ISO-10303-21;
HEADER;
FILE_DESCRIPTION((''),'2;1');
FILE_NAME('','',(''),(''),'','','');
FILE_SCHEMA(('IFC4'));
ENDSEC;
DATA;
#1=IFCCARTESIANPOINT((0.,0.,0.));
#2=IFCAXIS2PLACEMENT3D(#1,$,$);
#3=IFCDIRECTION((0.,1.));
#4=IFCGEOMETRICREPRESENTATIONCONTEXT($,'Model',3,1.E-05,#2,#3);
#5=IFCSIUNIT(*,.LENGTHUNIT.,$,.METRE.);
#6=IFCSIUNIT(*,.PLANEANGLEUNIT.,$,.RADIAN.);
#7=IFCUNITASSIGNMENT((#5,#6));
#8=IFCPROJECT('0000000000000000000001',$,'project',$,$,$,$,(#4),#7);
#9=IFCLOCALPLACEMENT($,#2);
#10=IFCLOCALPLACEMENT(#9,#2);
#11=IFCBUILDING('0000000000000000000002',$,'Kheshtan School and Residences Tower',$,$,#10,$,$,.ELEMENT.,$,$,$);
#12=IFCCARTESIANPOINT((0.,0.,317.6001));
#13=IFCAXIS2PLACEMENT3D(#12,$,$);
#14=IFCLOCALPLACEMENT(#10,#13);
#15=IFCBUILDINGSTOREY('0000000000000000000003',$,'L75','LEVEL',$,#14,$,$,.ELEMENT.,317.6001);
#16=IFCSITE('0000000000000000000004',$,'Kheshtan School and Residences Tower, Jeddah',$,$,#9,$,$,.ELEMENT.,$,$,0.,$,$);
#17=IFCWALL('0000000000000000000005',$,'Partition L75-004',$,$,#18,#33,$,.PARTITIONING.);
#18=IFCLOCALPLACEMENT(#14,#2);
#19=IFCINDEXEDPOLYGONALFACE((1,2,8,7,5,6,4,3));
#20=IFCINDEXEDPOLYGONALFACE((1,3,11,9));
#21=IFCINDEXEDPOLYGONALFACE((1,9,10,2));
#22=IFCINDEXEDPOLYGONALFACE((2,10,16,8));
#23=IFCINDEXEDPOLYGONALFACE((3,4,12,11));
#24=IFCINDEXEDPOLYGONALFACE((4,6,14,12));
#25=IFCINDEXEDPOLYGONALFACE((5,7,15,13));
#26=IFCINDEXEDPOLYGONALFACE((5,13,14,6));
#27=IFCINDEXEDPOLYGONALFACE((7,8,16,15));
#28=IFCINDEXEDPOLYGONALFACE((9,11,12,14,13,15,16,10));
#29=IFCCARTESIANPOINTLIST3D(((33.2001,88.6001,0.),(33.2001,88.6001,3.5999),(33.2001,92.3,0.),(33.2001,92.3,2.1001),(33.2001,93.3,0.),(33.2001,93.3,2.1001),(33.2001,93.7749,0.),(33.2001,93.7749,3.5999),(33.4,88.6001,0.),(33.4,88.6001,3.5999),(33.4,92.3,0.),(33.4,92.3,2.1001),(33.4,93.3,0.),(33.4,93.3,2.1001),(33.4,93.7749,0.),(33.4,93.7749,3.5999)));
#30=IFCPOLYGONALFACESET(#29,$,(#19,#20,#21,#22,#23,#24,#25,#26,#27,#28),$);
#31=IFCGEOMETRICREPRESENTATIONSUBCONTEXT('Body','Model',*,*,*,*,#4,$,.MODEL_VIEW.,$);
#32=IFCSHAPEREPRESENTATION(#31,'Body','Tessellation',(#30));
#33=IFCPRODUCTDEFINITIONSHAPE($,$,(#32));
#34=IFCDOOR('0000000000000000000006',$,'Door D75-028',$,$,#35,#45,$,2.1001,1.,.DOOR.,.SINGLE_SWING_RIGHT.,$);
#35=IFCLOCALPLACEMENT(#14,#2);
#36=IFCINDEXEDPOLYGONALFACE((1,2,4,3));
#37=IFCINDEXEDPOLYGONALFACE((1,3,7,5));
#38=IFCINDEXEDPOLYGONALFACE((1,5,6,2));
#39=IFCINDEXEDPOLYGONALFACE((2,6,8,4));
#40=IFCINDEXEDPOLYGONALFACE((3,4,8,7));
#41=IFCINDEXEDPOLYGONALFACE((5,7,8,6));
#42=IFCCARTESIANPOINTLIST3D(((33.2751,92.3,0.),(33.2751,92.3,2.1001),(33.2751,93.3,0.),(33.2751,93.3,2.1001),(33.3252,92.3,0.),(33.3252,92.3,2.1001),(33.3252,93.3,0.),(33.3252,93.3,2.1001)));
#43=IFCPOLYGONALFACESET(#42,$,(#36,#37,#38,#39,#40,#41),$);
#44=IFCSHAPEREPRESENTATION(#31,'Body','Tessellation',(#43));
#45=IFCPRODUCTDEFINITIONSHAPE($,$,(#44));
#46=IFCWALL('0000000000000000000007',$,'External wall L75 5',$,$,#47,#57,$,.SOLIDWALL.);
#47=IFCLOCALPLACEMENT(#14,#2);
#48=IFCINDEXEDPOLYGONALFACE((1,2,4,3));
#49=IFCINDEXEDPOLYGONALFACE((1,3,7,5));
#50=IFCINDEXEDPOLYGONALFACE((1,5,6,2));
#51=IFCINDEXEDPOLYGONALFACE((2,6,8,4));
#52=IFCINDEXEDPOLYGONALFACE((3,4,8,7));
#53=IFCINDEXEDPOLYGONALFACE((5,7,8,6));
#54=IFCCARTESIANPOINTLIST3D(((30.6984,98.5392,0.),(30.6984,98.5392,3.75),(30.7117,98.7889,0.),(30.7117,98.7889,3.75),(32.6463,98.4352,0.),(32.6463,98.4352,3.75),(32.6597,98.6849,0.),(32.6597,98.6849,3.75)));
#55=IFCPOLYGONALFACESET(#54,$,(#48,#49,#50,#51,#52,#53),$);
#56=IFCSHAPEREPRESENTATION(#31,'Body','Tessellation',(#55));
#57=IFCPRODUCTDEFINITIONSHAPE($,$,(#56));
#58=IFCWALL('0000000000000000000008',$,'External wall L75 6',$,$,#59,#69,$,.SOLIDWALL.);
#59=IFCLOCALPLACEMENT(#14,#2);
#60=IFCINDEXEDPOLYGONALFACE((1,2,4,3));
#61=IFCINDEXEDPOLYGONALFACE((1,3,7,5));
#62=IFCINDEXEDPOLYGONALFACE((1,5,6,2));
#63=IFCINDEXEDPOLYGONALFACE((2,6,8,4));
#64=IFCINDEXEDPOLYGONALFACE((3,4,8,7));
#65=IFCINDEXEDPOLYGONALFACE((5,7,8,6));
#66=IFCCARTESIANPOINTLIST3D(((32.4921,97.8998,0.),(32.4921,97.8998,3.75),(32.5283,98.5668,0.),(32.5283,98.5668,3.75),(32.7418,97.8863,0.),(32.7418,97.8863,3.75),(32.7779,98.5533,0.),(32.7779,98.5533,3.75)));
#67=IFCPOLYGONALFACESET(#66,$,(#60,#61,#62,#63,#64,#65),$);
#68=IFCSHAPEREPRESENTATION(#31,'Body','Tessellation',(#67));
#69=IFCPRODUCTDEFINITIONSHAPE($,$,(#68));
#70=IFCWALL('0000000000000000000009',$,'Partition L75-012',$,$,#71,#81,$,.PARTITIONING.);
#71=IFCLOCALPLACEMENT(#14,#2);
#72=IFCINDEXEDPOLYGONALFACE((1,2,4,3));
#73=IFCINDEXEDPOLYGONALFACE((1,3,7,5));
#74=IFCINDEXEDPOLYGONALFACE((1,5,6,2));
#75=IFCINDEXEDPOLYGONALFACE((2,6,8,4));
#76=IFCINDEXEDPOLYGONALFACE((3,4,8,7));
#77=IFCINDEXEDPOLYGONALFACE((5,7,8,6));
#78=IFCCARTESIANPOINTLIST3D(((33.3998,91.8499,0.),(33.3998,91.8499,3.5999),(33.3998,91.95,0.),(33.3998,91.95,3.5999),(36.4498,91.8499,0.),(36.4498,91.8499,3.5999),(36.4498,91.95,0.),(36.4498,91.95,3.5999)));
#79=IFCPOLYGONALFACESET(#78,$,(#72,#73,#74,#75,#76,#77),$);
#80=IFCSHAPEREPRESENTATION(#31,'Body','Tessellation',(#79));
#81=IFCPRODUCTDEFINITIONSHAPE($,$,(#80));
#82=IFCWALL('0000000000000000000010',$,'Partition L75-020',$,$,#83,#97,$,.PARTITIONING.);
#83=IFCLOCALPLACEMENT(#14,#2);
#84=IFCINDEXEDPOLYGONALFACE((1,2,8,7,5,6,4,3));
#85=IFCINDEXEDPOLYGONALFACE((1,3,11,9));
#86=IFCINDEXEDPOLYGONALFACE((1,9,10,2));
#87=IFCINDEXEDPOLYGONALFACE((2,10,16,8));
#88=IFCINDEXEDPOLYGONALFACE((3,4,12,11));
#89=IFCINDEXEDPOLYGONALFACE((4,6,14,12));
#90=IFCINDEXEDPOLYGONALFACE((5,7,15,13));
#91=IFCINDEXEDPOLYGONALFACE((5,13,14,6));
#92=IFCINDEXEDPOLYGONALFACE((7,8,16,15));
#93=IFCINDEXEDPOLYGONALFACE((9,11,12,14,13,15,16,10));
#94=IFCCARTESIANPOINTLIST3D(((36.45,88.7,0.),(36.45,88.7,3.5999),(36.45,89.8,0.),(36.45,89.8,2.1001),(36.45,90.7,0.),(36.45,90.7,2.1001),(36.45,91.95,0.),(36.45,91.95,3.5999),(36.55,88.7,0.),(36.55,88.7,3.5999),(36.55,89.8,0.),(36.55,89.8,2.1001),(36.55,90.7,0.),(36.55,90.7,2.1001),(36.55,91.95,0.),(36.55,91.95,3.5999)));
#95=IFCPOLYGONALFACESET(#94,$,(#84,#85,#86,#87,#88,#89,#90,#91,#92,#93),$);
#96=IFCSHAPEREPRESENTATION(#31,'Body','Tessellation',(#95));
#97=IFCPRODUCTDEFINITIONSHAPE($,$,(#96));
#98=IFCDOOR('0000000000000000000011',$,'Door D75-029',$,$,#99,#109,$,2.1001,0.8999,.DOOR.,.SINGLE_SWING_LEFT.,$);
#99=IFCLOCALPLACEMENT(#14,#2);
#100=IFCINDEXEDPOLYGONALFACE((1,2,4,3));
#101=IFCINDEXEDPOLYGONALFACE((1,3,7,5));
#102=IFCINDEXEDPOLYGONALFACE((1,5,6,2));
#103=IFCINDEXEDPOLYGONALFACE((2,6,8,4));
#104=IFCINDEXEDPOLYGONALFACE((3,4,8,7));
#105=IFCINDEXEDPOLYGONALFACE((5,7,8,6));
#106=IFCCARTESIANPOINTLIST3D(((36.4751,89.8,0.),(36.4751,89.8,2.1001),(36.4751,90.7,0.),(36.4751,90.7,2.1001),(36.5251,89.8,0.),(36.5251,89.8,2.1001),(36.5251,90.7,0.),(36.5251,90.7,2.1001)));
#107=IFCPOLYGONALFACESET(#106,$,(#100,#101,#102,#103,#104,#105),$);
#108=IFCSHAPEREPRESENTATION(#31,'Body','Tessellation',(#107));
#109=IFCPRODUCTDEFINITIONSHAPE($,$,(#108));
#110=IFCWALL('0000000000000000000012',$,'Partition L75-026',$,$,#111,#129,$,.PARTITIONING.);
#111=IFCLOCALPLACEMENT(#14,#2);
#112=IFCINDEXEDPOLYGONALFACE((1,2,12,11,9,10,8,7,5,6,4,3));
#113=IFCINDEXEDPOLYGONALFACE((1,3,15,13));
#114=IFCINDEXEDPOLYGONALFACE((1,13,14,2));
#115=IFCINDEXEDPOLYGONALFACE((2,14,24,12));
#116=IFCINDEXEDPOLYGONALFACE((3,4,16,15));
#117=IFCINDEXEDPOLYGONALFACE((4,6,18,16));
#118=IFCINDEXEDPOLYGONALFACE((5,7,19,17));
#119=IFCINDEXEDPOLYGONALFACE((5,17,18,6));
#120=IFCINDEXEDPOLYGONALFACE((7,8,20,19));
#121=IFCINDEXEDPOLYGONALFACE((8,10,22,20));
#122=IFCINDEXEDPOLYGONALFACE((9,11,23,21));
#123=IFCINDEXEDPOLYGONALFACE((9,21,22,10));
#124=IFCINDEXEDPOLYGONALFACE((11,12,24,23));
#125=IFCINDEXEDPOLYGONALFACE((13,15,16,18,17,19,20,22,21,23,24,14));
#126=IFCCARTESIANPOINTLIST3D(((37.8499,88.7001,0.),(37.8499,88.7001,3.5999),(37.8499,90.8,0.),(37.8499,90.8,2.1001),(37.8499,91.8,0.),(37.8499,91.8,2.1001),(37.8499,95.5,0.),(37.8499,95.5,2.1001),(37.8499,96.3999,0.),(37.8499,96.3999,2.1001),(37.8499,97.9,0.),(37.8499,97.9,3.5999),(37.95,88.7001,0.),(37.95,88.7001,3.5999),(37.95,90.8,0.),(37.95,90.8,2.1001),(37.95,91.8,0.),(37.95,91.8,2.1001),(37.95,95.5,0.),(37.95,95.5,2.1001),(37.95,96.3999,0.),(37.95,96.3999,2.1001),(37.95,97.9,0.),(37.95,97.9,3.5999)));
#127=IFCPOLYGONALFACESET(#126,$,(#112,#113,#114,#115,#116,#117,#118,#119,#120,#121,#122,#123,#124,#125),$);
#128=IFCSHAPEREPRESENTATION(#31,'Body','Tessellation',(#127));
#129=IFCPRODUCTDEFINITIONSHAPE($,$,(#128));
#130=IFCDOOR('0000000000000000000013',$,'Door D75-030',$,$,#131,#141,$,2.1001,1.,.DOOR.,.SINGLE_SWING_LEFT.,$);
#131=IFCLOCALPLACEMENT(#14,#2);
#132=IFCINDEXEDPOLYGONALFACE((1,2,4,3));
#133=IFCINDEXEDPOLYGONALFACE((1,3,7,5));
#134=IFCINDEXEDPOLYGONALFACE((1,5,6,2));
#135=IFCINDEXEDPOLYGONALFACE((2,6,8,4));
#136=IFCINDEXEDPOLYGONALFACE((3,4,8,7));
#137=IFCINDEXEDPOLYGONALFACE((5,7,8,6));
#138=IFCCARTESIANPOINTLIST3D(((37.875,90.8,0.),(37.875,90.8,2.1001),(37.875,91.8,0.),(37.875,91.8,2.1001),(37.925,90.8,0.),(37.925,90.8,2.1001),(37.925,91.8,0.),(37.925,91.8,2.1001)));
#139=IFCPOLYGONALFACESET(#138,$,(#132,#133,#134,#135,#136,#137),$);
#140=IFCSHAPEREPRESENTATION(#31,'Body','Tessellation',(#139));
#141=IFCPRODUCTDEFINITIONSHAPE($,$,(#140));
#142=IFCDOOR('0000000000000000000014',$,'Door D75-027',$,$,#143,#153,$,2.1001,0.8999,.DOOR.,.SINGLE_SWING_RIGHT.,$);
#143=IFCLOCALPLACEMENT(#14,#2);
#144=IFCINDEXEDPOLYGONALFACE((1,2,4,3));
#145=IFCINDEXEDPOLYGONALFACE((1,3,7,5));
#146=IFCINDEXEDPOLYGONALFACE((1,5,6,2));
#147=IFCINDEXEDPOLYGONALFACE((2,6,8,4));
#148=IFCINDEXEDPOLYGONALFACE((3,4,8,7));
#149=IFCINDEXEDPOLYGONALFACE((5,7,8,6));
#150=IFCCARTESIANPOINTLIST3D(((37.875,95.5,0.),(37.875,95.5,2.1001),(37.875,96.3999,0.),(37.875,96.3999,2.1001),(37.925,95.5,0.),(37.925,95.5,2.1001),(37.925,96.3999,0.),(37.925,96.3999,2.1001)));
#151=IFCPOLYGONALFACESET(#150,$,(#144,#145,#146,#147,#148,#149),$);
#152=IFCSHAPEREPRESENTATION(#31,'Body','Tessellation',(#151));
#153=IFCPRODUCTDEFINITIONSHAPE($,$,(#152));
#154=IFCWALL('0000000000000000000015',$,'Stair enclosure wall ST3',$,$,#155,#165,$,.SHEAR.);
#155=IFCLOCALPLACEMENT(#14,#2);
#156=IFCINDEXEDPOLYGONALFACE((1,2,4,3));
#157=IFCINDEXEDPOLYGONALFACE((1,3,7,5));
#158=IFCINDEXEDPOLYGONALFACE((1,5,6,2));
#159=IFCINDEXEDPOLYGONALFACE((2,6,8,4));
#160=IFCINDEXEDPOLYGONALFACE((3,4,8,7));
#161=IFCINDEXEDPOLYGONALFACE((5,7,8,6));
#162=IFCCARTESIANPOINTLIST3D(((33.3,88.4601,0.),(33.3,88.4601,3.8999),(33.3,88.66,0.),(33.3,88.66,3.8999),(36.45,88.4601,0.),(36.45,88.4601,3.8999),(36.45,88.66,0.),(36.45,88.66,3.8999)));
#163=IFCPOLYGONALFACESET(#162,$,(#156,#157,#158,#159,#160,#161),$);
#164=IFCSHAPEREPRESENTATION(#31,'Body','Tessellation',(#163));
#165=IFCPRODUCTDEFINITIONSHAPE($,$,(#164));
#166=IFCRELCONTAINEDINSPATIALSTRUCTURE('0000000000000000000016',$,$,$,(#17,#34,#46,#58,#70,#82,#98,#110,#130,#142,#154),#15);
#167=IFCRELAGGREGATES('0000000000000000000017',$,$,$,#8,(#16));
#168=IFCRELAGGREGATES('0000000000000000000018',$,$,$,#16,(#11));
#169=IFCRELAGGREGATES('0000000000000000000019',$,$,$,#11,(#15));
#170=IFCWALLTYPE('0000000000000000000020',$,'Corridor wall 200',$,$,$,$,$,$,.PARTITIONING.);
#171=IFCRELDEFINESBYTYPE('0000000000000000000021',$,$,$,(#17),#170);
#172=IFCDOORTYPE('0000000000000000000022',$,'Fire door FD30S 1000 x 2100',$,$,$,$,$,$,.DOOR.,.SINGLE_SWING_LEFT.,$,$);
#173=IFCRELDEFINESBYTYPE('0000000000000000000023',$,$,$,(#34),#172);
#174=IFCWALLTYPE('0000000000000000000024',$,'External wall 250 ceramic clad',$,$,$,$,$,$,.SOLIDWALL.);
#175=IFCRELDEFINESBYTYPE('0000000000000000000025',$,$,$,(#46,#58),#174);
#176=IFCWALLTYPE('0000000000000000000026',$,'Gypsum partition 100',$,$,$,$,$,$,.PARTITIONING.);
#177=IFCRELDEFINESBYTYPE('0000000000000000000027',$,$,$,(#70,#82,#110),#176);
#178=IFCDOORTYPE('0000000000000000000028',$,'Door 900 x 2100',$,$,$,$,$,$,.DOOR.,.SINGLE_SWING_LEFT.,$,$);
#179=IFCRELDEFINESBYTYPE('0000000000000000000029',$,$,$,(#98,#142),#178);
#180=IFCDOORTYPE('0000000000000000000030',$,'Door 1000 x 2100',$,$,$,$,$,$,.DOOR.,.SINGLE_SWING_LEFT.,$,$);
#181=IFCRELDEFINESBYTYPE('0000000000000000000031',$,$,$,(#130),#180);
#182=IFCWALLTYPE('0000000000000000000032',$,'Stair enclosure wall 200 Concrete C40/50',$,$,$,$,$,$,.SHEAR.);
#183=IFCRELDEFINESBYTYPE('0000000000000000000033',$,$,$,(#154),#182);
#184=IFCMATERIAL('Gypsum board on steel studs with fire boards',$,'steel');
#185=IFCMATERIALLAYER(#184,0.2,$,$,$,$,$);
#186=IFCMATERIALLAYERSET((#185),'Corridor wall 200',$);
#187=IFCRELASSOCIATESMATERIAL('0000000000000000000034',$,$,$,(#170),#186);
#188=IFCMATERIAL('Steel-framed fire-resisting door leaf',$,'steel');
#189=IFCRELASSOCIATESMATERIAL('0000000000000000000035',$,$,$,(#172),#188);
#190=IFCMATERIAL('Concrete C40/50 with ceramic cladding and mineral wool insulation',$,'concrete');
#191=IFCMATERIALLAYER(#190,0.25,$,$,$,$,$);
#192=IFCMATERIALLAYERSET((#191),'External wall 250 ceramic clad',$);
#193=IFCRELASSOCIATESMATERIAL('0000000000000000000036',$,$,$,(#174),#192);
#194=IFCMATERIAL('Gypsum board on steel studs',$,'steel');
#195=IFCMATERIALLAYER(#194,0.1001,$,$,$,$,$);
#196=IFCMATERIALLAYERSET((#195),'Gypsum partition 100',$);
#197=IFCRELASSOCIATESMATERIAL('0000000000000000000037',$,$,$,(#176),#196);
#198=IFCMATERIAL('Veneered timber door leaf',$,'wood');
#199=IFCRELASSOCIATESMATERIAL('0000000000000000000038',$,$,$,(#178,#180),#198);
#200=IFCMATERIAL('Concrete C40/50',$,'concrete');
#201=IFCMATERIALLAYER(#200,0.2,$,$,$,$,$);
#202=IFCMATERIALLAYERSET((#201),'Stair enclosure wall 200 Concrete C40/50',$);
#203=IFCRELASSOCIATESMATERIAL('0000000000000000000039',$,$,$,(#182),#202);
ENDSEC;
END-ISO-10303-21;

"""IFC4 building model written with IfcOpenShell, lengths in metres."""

from ifc_helpers import new_model, si_unit, direction, frame, frame_2d, origin, place, context, subcontext, project, spatial, rectangle, extrude, source, transform, mapped, material, layer, layer_set, type_object, element, fill, save


model = new_model("IFC4")

# Units and contexts
model_context = context("Model", 3, precision=1e-05, world=origin(), true_north=direction((0.0, 1.0)))
body_context = subcontext(model_context, "Body", "Model", "MODEL_VIEW")
ifc_project = project(units=[si_unit("LENGTHUNIT", "METRE"), si_unit("PLANEANGLEUNIT", "RADIAN")], contexts=[model_context])

# Site, building, storey
site_placement = place(None, origin())
site = spatial("IfcSite", under=ifc_project, at=site_placement, Name="Kheshtan School and Residences Tower, Jeddah", CompositionType="ELEMENT", RefElevation=0.0)
building_placement = place(site_placement, origin())
building = spatial("IfcBuilding", under=site, at=building_placement, Name="Kheshtan School and Residences Tower", CompositionType="ELEMENT")
storey_placement = place(building_placement, frame((0.0, 0.0, 317.6001)))
storey = spatial("IfcBuildingStorey", under=building, at=storey_placement, Name="L75", Description="LEVEL", CompositionType="ELEMENT", Elevation=317.6001)

# Shared definitions
ifc_material_1 = material(Name="Gypsum board on steel studs with fire boards", Category="steel")
ifc_layer_1 = layer(ifc_material_1, 0.2)
ifc_layer_set_1 = layer_set([ifc_layer_1], Name="Corridor wall 200")
wall_type_1 = type_object("IfcWallType", Name="Corridor wall 200", PredefinedType="PARTITIONING", material=ifc_layer_set_1)

# Wall, opening, door
wall_1_placement = place(storey_placement, frame((33.3, 88.6001, 0.0), z_axis=(0.0, 0.0, 1.0), x_axis=(0.0, 1.0, 0.0)))
wall_1 = element("IfcWall", 1, at=wall_1_placement, inside=storey, type_object=wall_type_1, Name="Partition L75-004", PredefinedType="PARTITIONING", context=body_context, shape_type="SweptSolid", body=[
    extrude(rectangle(XDim=5.1748, YDim=0.2, at=frame_2d((2.5874, 0.0))), origin(), (0.0, 0.0, 1.0), 3.5999),
])
opening_1_placement = place(wall_1_placement, frame((3.7, 0.0, 0.0)))
opening_1 = element("IfcOpeningElement", 2, at=opening_1_placement, cuts=wall_1, PredefinedType="OPENING", context=body_context, shape_type="SweptSolid", body=[
    extrude(rectangle(XDim=1.0, YDim=2.1001, at=frame_2d((0.5, 1.05))), frame((0.0, 0.1099, 0.0), z_axis=(0.0, -1.0, 0.0), x_axis=(1.0, 0.0, 0.0)), (0.0, 0.0, 1.0), 0.22),
])
ifc_material_2 = material(Name="Steel-framed fire-resisting door leaf", Category="steel")
door_type_1 = type_object("IfcDoorType", Name="Fire door FD30S 1000 x 2100", OperationType="SINGLE_SWING_LEFT", PredefinedType="DOOR", material=ifc_material_2)
shared_shape_1 = source(origin(), body_context, "Body", "SweptSolid", [
    extrude(rectangle(XDim=1.0, YDim=2.1001, at=frame_2d((0.5, 1.05))), frame((0.0, 0.0249, 0.0), z_axis=(0.0, -1.0, 0.0), x_axis=(1.0, 0.0, 0.0)), (0.0, 0.0, 1.0), 0.05),
])
door_1_placement = place(opening_1_placement, origin())
door_1 = element("IfcDoor", 3, at=door_1_placement, inside=storey, type_object=door_type_1, Name="Door D75-028", OperationType="SINGLE_SWING_RIGHT", OverallHeight=2.1001, OverallWidth=1.0, PredefinedType="DOOR", context=body_context, shape_type="MappedRepresentation", body=[
    mapped(shared_shape_1, transform((0.0, 0.0, 0.0), x_axis=(1.0, 0.0, 0.0), y_axis=(0.0, 1.0, 0.0), z_axis=(0.0, 0.0, 1.0), scale=1.0)),
])
fill(opening_1, door_1)

# Walls
ifc_material_3 = material(Name="Concrete C40/50 with ceramic cladding and mineral wool insulation", Category="concrete")
ifc_layer_2 = layer(ifc_material_3, 0.25)
ifc_layer_set_2 = layer_set([ifc_layer_2], Name="External wall 250 ceramic clad")
wall_type_2 = type_object("IfcWallType", Name="External wall 250 ceramic clad", PredefinedType="SOLIDWALL", material=ifc_layer_set_2)
wall_2_placement = place(storey_placement, frame((30.7051, 98.6641, 0.0), z_axis=(0.0, 0.0, 1.0), x_axis=(0.998578, -0.053314, 0.0)))
element("IfcWall", 4, at=wall_2_placement, inside=storey, type_object=wall_type_2, Name="External wall L75 5", PredefinedType="SOLIDWALL", context=body_context, shape_type="SweptSolid", body=[
    extrude(rectangle(XDim=1.9507, YDim=0.25, at=frame_2d((0.9753, 0.0))), origin(), (0.0, 0.0, 1.0), 3.75),
])
wall_3_placement = place(storey_placement, frame((32.6531, 98.5601, 0.0), z_axis=(0.0, 0.0, 1.0), x_axis=(-0.054093, -0.998536, 0.0)))
element("IfcWall", 5, at=wall_3_placement, inside=storey, type_object=wall_type_2, Name="External wall L75 6", PredefinedType="SOLIDWALL", context=body_context, shape_type="SweptSolid", body=[
    extrude(rectangle(XDim=0.668, YDim=0.25, at=frame_2d((0.334, 0.0))), origin(), (0.0, 0.0, 1.0), 3.75),
])
ifc_material_4 = material(Name="Gypsum board on steel studs", Category="steel")
ifc_layer_3 = layer(ifc_material_4, 0.1001)
ifc_layer_set_3 = layer_set([ifc_layer_3], Name="Gypsum partition 100")
wall_type_3 = type_object("IfcWallType", Name="Gypsum partition 100", PredefinedType="PARTITIONING", material=ifc_layer_set_3)
wall_4_placement = place(storey_placement, frame((33.3999, 91.8999, 0.0), z_axis=(0.0, 0.0, 1.0), x_axis=(1.0, 0.0, 0.0)))
element("IfcWall", 6, at=wall_4_placement, inside=storey, type_object=wall_type_3, Name="Partition L75-012", PredefinedType="PARTITIONING", context=body_context, shape_type="SweptSolid", body=[
    extrude(rectangle(XDim=3.05, YDim=0.1001, at=frame_2d((1.5249, 0.0))), origin(), (0.0, 0.0, 1.0), 3.5999),
])

# Wall, opening, door
wall_5_placement = place(storey_placement, frame((36.5, 88.7, 0.0), z_axis=(0.0, 0.0, 1.0), x_axis=(0.0, 1.0, 0.0)))
wall_5 = element("IfcWall", 7, at=wall_5_placement, inside=storey, type_object=wall_type_3, Name="Partition L75-020", PredefinedType="PARTITIONING", context=body_context, shape_type="SweptSolid", body=[
    extrude(rectangle(XDim=3.25, YDim=0.1001, at=frame_2d((1.625, 0.0))), origin(), (0.0, 0.0, 1.0), 3.5999),
])
opening_2_placement = place(wall_5_placement, frame((1.1001, 0.0, 0.0)))
opening_2 = element("IfcOpeningElement", 8, at=opening_2_placement, cuts=wall_5, PredefinedType="OPENING", context=body_context, shape_type="SweptSolid", body=[
    extrude(rectangle(XDim=0.8999, YDim=2.1001, at=frame_2d((0.45, 1.05))), frame((0.0, 0.0601, 0.0), z_axis=(0.0, -1.0, 0.0), x_axis=(1.0, 0.0, 0.0)), (0.0, 0.0, 1.0), 0.1201),
])
ifc_material_5 = material(Name="Veneered timber door leaf", Category="wood")
door_type_2 = type_object("IfcDoorType", Name="Door 900 x 2100", OperationType="SINGLE_SWING_LEFT", PredefinedType="DOOR", material=ifc_material_5)
shared_shape_2 = source(origin(), body_context, "Body", "SweptSolid", [
    extrude(rectangle(XDim=0.8999, YDim=2.1001, at=frame_2d((0.45, 1.05))), frame((0.0, 0.0249, 0.0), z_axis=(0.0, -1.0, 0.0), x_axis=(1.0, 0.0, 0.0)), (0.0, 0.0, 1.0), 0.05),
])
door_2_placement = place(opening_2_placement, origin())
door_2 = element("IfcDoor", 9, at=door_2_placement, inside=storey, type_object=door_type_2, Name="Door D75-029", OperationType="SINGLE_SWING_LEFT", OverallHeight=2.1001, OverallWidth=0.8999, PredefinedType="DOOR", context=body_context, shape_type="MappedRepresentation", body=[
    mapped(shared_shape_2, transform((0.0, 0.0, 0.0), x_axis=(1.0, 0.0, 0.0), y_axis=(0.0, 1.0, 0.0), z_axis=(0.0, 0.0, 1.0), scale=1.0)),
])
fill(opening_2, door_2)

# Wall, openings, doors
wall_6_placement = place(storey_placement, frame((37.8999, 88.7, 0.0), z_axis=(0.0, 0.0, 1.0), x_axis=(0.0, 1.0, 0.0)))
wall_6 = element("IfcWall", 10, at=wall_6_placement, inside=storey, type_object=wall_type_3, Name="Partition L75-026", PredefinedType="PARTITIONING", context=body_context, shape_type="SweptSolid", body=[
    extrude(rectangle(XDim=9.2, YDim=0.1001, at=frame_2d((4.6001, 0.0))), origin(), (0.0, 0.0, 1.0), 3.5999),
])
opening_3_placement = place(wall_6_placement, frame((6.8, 0.0, 0.0)))
opening_3 = element("IfcOpeningElement", 11, at=opening_3_placement, cuts=wall_6, PredefinedType="OPENING", context=body_context, shape_type="SweptSolid", body=[
    extrude(rectangle(XDim=0.8999, YDim=2.1001, at=frame_2d((0.45, 1.05))), frame((0.0, 0.0601, 0.0), z_axis=(0.0, -1.0, 0.0), x_axis=(1.0, 0.0, 0.0)), (0.0, 0.0, 1.0), 0.1201),
])
opening_4_placement = place(wall_6_placement, frame((2.1001, 0.0, 0.0)))
opening_4 = element("IfcOpeningElement", 12, at=opening_4_placement, cuts=wall_6, PredefinedType="OPENING", context=body_context, shape_type="SweptSolid", body=[
    extrude(rectangle(XDim=1.0, YDim=2.1001, at=frame_2d((0.5, 1.05))), frame((0.0, 0.0601, 0.0), z_axis=(0.0, -1.0, 0.0), x_axis=(1.0, 0.0, 0.0)), (0.0, 0.0, 1.0), 0.1201),
])
door_type_3 = type_object("IfcDoorType", Name="Door 1000 x 2100", OperationType="SINGLE_SWING_LEFT", PredefinedType="DOOR", material=ifc_material_5)
shared_shape_3 = source(origin(), body_context, "Body", "SweptSolid", [
    extrude(rectangle(XDim=1.0, YDim=2.1001, at=frame_2d((0.5, 1.05))), frame((0.0, 0.0249, 0.0), z_axis=(0.0, -1.0, 0.0), x_axis=(1.0, 0.0, 0.0)), (0.0, 0.0, 1.0), 0.05),
])
door_3_placement = place(opening_4_placement, origin())
door_3 = element("IfcDoor", 13, at=door_3_placement, inside=storey, type_object=door_type_3, Name="Door D75-030", OperationType="SINGLE_SWING_LEFT", OverallHeight=2.1001, OverallWidth=1.0, PredefinedType="DOOR", context=body_context, shape_type="MappedRepresentation", body=[
    mapped(shared_shape_3, transform((0.0, 0.0, 0.0), x_axis=(1.0, 0.0, 0.0), y_axis=(0.0, 1.0, 0.0), z_axis=(0.0, 0.0, 1.0), scale=1.0)),
])
fill(opening_4, door_3)
door_4_placement = place(opening_3_placement, origin())
door_4 = element("IfcDoor", 14, at=door_4_placement, inside=storey, type_object=door_type_2, Name="Door D75-027", OperationType="SINGLE_SWING_RIGHT", OverallHeight=2.1001, OverallWidth=0.8999, PredefinedType="DOOR", context=body_context, shape_type="MappedRepresentation", body=[
    mapped(shared_shape_2, transform((0.0, 0.0, 0.0), x_axis=(1.0, 0.0, 0.0), y_axis=(0.0, 1.0, 0.0), z_axis=(0.0, 0.0, 1.0), scale=1.0)),
])
fill(opening_3, door_4)

# Wall
ifc_material_6 = material(Name="Concrete C40/50", Category="concrete")
ifc_layer_4 = layer(ifc_material_6, 0.2)
ifc_layer_set_4 = layer_set([ifc_layer_4], Name="Stair enclosure wall 200 Concrete C40/50")
wall_type_4 = type_object("IfcWallType", Name="Stair enclosure wall 200 Concrete C40/50", PredefinedType="SHEAR", material=ifc_layer_set_4)
wall_7_placement = place(storey_placement, frame((33.3, 88.5601, 0.0), z_axis=(0.0, 0.0, 1.0), x_axis=(1.0, 0.0, 0.0)))
element("IfcWall", 15, at=wall_7_placement, inside=storey, type_object=wall_type_4, Name="Stair enclosure wall ST3", PredefinedType="SHEAR", context=body_context, shape_type="SweptSolid", body=[
    extrude(rectangle(XDim=3.1499, YDim=0.2, at=frame_2d((1.575, 0.0))), origin(), (0.0, 0.0, 1.0), 3.8999),
])

save(model, "model.ifc")
